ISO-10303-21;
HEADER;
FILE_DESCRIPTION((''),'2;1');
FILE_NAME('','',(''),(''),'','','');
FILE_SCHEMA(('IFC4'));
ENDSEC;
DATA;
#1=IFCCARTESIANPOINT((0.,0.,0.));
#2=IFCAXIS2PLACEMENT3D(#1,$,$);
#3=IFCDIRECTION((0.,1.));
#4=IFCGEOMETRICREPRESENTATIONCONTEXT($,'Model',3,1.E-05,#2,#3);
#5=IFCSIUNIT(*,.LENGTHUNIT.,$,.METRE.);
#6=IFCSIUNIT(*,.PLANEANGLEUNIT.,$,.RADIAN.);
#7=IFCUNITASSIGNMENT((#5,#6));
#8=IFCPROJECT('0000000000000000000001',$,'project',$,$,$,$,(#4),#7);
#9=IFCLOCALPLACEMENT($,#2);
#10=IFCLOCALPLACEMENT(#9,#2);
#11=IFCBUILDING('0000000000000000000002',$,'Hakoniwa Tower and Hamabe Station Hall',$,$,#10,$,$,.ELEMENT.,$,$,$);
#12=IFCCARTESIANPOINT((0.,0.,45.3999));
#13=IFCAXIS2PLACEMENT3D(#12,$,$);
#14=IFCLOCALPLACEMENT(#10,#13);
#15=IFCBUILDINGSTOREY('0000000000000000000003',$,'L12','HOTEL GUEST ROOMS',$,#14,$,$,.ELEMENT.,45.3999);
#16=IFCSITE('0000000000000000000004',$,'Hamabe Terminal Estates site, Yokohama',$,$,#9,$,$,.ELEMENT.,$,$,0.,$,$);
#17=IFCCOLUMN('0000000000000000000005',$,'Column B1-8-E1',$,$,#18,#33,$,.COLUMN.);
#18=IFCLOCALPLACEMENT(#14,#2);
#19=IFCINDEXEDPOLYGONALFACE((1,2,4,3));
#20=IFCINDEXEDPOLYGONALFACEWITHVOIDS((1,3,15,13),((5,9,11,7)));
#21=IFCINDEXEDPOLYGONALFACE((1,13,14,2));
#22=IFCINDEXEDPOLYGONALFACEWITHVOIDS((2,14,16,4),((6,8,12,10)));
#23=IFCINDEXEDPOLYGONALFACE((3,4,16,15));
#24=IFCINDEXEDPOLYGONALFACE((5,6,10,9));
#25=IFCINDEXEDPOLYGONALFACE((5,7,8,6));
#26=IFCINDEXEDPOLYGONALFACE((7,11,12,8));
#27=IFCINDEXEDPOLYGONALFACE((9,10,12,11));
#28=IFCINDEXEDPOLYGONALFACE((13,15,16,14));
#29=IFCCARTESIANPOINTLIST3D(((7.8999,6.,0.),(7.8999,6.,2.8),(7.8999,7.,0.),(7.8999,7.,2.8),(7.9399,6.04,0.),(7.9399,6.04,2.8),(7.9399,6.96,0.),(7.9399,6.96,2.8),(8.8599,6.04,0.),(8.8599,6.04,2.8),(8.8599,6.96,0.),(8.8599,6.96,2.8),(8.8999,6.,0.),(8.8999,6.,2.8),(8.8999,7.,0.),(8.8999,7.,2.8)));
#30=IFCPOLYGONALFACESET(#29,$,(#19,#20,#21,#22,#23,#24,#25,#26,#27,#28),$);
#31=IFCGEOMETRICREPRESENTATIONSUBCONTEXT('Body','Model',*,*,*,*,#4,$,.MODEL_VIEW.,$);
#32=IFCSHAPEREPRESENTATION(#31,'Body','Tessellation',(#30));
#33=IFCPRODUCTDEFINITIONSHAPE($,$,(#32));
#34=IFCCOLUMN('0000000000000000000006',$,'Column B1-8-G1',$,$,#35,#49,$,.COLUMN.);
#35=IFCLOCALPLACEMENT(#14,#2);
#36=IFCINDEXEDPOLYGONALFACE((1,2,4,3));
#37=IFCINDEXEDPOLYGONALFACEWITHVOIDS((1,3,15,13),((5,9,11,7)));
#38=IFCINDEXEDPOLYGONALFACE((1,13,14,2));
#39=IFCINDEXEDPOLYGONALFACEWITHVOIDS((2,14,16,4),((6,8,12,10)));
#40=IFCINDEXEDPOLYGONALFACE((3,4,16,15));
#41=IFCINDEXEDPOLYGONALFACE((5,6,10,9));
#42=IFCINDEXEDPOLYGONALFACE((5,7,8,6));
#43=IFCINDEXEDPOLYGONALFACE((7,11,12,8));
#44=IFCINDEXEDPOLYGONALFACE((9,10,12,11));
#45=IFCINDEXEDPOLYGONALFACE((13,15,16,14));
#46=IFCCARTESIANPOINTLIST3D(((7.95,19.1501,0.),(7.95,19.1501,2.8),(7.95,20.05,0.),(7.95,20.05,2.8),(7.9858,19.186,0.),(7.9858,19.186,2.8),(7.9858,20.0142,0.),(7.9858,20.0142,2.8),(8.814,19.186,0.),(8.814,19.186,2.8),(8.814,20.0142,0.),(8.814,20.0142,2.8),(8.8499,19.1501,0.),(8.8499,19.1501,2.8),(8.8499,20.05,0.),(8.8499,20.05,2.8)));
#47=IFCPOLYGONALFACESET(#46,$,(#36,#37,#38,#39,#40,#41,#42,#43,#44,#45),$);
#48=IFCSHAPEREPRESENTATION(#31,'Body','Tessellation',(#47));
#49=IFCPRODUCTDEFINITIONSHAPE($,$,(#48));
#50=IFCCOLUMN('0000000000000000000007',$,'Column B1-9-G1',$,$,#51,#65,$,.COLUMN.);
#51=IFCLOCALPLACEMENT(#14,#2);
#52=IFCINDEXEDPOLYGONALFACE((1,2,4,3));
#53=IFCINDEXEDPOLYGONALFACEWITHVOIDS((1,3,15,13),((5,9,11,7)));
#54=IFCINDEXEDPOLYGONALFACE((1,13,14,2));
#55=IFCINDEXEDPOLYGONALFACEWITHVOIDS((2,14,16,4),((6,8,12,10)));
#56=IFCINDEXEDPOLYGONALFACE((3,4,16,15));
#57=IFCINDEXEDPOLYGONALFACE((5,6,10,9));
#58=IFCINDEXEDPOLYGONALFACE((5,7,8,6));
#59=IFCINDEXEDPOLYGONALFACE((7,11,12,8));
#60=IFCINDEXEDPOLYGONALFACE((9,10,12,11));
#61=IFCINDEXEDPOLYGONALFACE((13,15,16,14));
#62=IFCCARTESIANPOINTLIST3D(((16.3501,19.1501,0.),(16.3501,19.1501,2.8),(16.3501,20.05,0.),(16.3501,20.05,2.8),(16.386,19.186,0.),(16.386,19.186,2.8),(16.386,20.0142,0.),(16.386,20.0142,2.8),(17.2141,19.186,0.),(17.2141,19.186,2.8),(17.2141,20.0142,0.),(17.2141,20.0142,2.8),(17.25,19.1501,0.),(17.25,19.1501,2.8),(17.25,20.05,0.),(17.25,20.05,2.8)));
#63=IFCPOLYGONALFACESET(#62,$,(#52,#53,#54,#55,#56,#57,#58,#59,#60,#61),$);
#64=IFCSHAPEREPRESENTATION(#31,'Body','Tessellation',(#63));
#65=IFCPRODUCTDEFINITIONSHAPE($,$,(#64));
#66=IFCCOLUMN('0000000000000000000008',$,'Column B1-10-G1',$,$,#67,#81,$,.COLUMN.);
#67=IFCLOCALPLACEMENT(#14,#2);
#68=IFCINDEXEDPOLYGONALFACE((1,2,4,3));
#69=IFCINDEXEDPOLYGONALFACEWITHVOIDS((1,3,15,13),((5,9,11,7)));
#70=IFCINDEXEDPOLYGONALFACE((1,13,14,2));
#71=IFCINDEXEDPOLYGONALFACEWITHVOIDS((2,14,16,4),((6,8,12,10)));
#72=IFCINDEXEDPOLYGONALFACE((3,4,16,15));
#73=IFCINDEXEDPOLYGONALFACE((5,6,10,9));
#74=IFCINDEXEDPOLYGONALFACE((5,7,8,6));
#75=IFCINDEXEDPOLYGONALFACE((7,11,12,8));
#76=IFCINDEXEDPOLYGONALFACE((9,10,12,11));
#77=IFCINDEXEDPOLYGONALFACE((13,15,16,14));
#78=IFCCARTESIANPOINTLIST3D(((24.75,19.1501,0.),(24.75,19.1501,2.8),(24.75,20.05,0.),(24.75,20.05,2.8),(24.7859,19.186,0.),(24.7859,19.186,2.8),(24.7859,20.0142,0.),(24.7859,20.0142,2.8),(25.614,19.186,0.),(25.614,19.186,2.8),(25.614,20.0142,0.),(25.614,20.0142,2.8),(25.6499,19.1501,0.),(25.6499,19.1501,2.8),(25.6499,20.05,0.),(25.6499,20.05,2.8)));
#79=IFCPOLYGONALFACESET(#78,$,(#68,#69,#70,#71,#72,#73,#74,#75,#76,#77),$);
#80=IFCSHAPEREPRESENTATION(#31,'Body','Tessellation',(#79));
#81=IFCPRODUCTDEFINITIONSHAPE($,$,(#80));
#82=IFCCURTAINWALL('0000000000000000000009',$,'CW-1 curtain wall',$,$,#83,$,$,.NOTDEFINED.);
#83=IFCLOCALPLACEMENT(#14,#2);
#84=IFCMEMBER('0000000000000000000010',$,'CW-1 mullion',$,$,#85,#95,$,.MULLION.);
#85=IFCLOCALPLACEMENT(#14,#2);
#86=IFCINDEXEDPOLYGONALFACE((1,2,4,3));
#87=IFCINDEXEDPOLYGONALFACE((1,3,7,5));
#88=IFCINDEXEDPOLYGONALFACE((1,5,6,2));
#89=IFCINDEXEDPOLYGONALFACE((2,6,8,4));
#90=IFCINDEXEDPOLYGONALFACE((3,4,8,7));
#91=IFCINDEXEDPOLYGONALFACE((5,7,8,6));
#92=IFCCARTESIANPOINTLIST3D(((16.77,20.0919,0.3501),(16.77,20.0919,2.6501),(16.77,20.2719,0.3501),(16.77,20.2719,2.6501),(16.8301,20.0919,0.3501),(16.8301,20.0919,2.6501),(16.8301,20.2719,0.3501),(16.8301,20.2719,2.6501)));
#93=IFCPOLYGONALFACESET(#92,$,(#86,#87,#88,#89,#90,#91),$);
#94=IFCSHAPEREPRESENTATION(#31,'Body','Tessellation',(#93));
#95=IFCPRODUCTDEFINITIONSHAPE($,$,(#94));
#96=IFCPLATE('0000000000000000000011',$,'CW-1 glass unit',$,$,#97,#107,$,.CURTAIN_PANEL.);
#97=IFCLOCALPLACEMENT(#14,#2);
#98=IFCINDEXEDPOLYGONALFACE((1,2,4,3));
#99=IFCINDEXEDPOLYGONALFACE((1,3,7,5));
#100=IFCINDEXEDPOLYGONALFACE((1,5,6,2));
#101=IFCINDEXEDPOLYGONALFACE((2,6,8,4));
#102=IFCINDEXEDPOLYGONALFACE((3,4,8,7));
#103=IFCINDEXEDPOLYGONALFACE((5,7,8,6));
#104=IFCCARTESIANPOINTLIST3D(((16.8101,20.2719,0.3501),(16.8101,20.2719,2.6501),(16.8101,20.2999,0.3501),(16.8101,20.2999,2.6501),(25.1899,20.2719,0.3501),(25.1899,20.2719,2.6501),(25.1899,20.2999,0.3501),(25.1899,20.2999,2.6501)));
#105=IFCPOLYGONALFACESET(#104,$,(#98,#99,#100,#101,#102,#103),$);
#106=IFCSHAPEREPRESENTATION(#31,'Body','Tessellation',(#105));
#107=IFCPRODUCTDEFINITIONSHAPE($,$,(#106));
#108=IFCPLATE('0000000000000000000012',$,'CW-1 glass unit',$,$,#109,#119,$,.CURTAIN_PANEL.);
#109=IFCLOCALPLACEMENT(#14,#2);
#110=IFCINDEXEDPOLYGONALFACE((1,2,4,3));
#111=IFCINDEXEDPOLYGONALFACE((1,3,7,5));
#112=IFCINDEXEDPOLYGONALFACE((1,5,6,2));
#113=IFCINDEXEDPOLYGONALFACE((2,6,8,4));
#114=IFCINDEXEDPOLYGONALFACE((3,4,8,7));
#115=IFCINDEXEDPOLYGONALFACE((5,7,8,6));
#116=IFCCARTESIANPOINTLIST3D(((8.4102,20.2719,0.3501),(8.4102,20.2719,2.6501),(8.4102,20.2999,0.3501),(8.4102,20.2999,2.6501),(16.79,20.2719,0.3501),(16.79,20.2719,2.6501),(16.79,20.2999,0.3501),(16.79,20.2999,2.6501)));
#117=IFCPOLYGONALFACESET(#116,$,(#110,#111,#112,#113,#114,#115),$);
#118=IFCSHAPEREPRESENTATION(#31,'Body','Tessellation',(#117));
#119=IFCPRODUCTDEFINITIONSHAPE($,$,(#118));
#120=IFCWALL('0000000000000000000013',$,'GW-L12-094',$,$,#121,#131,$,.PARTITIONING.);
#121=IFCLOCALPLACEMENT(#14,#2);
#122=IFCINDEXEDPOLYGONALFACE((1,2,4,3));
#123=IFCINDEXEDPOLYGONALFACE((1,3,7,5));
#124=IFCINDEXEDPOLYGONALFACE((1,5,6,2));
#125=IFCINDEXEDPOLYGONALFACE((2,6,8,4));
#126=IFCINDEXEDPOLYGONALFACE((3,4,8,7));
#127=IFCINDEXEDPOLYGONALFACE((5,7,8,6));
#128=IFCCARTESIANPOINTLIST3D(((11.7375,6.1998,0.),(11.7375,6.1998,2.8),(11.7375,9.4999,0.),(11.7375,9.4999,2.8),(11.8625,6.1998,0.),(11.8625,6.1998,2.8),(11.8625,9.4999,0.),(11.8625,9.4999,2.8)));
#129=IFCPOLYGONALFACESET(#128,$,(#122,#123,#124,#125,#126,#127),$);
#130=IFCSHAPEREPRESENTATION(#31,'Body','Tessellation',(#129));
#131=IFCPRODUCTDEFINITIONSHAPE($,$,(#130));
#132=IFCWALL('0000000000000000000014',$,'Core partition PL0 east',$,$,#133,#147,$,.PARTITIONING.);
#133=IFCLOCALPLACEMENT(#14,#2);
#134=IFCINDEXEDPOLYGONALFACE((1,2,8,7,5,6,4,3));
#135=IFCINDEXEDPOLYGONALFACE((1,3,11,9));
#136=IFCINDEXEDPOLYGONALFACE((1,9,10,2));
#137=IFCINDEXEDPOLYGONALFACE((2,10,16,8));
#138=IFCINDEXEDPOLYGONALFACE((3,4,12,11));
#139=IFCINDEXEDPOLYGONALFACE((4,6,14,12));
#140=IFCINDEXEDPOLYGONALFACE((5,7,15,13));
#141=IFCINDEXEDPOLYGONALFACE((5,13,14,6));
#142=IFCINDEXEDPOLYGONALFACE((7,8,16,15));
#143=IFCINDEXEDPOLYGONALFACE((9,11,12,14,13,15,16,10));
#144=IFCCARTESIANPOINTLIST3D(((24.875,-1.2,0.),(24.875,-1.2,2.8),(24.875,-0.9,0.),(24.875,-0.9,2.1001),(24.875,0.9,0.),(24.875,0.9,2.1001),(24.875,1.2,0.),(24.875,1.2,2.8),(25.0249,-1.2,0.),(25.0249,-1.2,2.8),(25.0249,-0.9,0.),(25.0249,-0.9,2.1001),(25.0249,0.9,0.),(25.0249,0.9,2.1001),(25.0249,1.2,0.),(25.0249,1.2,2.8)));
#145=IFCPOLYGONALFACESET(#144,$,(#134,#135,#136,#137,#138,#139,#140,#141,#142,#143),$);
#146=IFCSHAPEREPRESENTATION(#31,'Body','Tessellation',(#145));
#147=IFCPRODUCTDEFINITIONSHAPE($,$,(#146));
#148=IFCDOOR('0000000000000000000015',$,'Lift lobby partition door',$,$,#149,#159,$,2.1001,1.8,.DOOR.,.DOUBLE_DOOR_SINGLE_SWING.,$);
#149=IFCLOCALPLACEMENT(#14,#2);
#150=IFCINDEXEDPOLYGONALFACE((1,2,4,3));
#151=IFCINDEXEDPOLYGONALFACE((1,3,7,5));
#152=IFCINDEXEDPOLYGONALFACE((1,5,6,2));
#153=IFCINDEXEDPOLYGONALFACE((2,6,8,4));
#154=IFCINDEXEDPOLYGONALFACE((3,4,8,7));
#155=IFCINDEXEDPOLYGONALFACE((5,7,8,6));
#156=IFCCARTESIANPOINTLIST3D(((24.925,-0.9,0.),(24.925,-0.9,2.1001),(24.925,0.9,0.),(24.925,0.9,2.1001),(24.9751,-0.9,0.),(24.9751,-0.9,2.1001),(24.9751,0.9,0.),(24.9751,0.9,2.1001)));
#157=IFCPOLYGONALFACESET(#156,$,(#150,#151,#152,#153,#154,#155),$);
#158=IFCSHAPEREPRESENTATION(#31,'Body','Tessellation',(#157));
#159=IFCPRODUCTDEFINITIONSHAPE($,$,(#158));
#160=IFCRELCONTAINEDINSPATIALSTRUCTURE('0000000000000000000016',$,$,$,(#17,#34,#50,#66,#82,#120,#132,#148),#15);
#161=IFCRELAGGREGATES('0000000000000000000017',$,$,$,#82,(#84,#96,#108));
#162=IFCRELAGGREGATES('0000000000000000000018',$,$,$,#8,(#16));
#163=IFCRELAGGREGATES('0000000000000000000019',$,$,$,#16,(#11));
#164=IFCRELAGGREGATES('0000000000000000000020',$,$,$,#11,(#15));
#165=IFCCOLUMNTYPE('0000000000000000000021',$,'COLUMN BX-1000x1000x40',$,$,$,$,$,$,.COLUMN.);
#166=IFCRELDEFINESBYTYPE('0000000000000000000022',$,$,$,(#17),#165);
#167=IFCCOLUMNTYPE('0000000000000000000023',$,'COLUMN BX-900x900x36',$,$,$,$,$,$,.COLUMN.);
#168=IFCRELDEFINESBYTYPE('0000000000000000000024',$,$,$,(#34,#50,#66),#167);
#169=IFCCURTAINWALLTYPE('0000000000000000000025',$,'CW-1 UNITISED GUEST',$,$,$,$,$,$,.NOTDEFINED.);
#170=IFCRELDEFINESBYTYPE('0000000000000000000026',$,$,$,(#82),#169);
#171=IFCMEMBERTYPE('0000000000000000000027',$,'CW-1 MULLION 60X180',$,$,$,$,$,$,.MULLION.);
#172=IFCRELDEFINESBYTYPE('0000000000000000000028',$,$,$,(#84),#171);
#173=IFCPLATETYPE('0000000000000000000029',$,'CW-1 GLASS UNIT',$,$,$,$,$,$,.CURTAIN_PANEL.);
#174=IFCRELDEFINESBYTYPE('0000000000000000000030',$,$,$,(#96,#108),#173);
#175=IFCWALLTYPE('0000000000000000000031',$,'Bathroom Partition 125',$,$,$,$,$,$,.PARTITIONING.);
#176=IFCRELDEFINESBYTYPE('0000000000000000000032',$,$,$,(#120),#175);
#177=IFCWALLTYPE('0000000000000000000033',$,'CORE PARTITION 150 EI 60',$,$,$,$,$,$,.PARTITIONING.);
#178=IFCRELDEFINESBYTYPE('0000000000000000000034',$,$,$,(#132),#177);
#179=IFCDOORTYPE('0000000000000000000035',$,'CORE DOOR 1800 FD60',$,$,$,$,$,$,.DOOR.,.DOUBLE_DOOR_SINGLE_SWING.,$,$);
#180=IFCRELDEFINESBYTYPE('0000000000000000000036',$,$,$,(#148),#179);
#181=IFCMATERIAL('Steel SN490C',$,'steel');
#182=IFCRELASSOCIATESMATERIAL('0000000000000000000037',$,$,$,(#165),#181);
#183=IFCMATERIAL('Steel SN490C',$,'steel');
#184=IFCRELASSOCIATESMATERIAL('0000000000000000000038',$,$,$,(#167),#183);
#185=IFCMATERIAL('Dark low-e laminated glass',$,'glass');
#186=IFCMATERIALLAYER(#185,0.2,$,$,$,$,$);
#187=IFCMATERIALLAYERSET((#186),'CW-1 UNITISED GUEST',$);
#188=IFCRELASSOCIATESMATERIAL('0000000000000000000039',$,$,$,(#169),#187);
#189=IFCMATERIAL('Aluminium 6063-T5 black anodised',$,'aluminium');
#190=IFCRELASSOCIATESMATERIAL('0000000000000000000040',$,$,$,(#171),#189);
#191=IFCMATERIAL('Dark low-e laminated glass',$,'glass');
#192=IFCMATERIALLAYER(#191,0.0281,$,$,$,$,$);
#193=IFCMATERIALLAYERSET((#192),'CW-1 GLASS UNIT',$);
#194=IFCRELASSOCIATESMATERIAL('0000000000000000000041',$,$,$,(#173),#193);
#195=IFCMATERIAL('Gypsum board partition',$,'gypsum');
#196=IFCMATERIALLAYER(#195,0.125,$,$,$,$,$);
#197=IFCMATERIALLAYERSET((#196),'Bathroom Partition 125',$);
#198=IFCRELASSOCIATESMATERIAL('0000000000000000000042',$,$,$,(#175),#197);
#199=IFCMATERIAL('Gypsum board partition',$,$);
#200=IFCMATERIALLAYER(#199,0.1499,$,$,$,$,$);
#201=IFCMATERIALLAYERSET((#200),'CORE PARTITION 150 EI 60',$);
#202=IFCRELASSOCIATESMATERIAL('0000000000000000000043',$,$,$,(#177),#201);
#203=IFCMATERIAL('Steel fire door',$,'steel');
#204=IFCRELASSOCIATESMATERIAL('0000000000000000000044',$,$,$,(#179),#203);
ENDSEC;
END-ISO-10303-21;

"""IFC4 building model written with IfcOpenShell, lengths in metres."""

from ifc_helpers import new_model, si_unit, direction, frame, frame_2d, origin, origin_2d, place, context, subcontext, project, spatial, rectangle, hollow_rectangle, extrude, material, layer, layer_set, material_profile, profile_set, type_object, element, fill, aggregate, save


model = new_model("IFC4")

# Units and contexts
model_context = context("Model", 3, precision=1e-05, world=origin(), true_north=direction((0.0, 1.0)))
body_context = subcontext(model_context, "Body", "Model", "MODEL_VIEW")
ifc_project = project(units=[si_unit("LENGTHUNIT", "METRE"), si_unit("PLANEANGLEUNIT", "RADIAN")], contexts=[model_context])

# Site, building, storey
site_placement = place(None, origin())
site = spatial("IfcSite", under=ifc_project, at=site_placement, Name="Hamabe Terminal Estates site, Yokohama", CompositionType="ELEMENT", RefElevation=0.0)
building_placement = place(site_placement, origin())
building = spatial("IfcBuilding", under=site, at=building_placement, Name="Hakoniwa Tower and Hamabe Station Hall", CompositionType="ELEMENT")
storey_placement = place(building_placement, frame((0.0, 0.0, 45.3999)))
storey = spatial("IfcBuildingStorey", under=building, at=storey_placement, Name="L12", Description="HOTEL GUEST ROOMS", CompositionType="ELEMENT", Elevation=45.3999)

# Columns
ifc_material_1 = material(Name="Steel SN490C", Category="steel")
ifc_material_profile_1 = material_profile(ifc_material_1, hollow_rectangle(XDim=1.0, YDim=1.0, WallThickness=0.04, at=origin_2d()), Name="BX-1000x1000x40")
ifc_profile_set_1 = profile_set([ifc_material_profile_1], Name="Steel SN490C")
column_type_1 = type_object("IfcColumnType", Name="COLUMN BX-1000x1000x40", PredefinedType="COLUMN", material=ifc_profile_set_1)
column_placement = place(storey_placement, frame((8.3999, 6.5, 0.0), z_axis=(0.0, 0.0, 1.0), x_axis=(1.0, 0.0, 0.0)))
element("IfcColumn", 1, at=column_placement, inside=storey, type_object=column_type_1, Name="Column B1-8-E1", PredefinedType="COLUMN", context=body_context, shape_type="SweptSolid", body=[
    extrude(hollow_rectangle(XDim=1.0, YDim=1.0, WallThickness=0.04, at=origin_2d()), origin(), (0.0, 0.0, 1.0), 2.8),
])
ifc_material_2 = material(Name="Steel SN490C", Category="steel")
ifc_material_profile_2 = material_profile(ifc_material_2, hollow_rectangle(XDim=0.8999, YDim=0.8999, WallThickness=0.0359, at=origin_2d()), Name="BX-900x900x36")
ifc_profile_set_2 = profile_set([ifc_material_profile_2], Name="Steel SN490C")
column_type_2 = type_object("IfcColumnType", Name="COLUMN BX-900x900x36", PredefinedType="COLUMN", material=ifc_profile_set_2)
for number, where, z_axis, x_axis, name in (
    (2, (8.3999, 19.6001, 0.0), (0.0, 0.0, 1.0), (1.0, 0.0, 0.0), "Column B1-8-G1"),
    (3, (16.8, 19.6001, 0.0), (0.0, 0.0, 1.0), (1.0, 0.0, 0.0), "Column B1-9-G1"),
    (4, (25.2, 19.6001, 0.0), (0.0, 0.0, 1.0), (1.0, 0.0, 0.0), "Column B1-10-G1"),
):
    element("IfcColumn", number, at=place(storey_placement, frame(where, z_axis=z_axis, x_axis=x_axis)), inside=storey, type_object=column_type_2, Name=name, PredefinedType="COLUMN", context=body_context, shape_type="SweptSolid", body=[
        extrude(hollow_rectangle(XDim=0.8999, YDim=0.8999, WallThickness=0.0359, at=origin_2d()), origin(), (0.0, 0.0, 1.0), 2.8),
    ])

# Curtain wall, member, plates
ifc_material_3 = material(Name="Dark low-e laminated glass", Category="glass")
ifc_layer_1 = layer(ifc_material_3, 0.2)
ifc_layer_set_1 = layer_set([ifc_layer_1], Name="CW-1 UNITISED GUEST")
curtain_wall_type = type_object("IfcCurtainWallType", Name="CW-1 UNITISED GUEST", PredefinedType="NOTDEFINED", material=ifc_layer_set_1)
curtain_wall_placement = place(storey_placement, origin())
curtain_wall = element("IfcCurtainWall", 5, at=curtain_wall_placement, inside=storey, type_object=curtain_wall_type, Name="CW-1 curtain wall", PredefinedType="NOTDEFINED")
ifc_material_4 = material(Name="Aluminium 6063-T5 black anodised", Category="aluminium")
ifc_material_profile_3 = material_profile(ifc_material_4, rectangle(XDim=0.0601, YDim=0.1799, at=origin_2d()), Name="CW-1 MULLION 60X180")
ifc_profile_set_3 = profile_set([ifc_material_profile_3], Name="Aluminium 6063-T5 black anodised")
member_type = type_object("IfcMemberType", Name="CW-1 MULLION 60X180", PredefinedType="MULLION", material=ifc_profile_set_3)
member_placement = place(storey_placement, frame((16.8, 20.1819, 0.3501), z_axis=(0.0, 0.0, 1.0), x_axis=(-1.0, 0.0, 0.0)))
member = element("IfcMember", 6, at=member_placement, type_object=member_type, Name="CW-1 mullion", PredefinedType="MULLION", context=body_context, shape_type="SweptSolid", body=[
    extrude(rectangle(XDim=0.0601, YDim=0.1799, at=origin_2d()), origin(), (0.0, 0.0, 1.0), 2.3),
])
ifc_material_5 = material(Name="Dark low-e laminated glass", Category="glass")
ifc_layer_2 = layer(ifc_material_5, 0.0281)
ifc_layer_set_2 = layer_set([ifc_layer_2], Name="CW-1 GLASS UNIT")
plate_type = type_object("IfcPlateType", Name="CW-1 GLASS UNIT", PredefinedType="CURTAIN_PANEL", material=ifc_layer_set_2)
plate_1_placement = place(storey_placement, frame((21.0, 20.2859, 0.3501), z_axis=(0.0, 0.0, 1.0), x_axis=(-1.0, 0.0, 0.0)))
plate_1 = element("IfcPlate", 7, at=plate_1_placement, type_object=plate_type, Name="CW-1 glass unit", PredefinedType="CURTAIN_PANEL", context=body_context, shape_type="SweptSolid", body=[
    extrude(rectangle(XDim=8.3799, YDim=0.0281, at=origin_2d()), origin(), (0.0, 0.0, 1.0), 2.3),
])
plate_2_placement = place(storey_placement, frame((12.6001, 20.2859, 0.3501), z_axis=(0.0, 0.0, 1.0), x_axis=(-1.0, 0.0, 0.0)))
plate_2 = element("IfcPlate", 8, at=plate_2_placement, type_object=plate_type, Name="CW-1 glass unit", PredefinedType="CURTAIN_PANEL", context=body_context, shape_type="SweptSolid", body=[
    extrude(rectangle(XDim=8.3799, YDim=0.0281, at=origin_2d()), origin(), (0.0, 0.0, 1.0), 2.3),
])
aggregate(curtain_wall, [member, plate_1, plate_2])

# Wall
ifc_material_6 = material(Name="Gypsum board partition", Category="gypsum")
ifc_layer_3 = layer(ifc_material_6, 0.125)
ifc_layer_set_3 = layer_set([ifc_layer_3], Name="Bathroom Partition 125")
wall_type_1 = type_object("IfcWallType", Name="Bathroom Partition 125", PredefinedType="PARTITIONING", material=ifc_layer_set_3)
wall_1_placement = place(storey_placement, frame((11.8, 6.2, 0.0), z_axis=(0.0, 0.0, 1.0), x_axis=(0.0, 1.0, 0.0)))
element("IfcWall", 9, at=wall_1_placement, inside=storey, type_object=wall_type_1, Name="GW-L12-094", PredefinedType="PARTITIONING", context=body_context, shape_type="SweptSolid", body=[
    extrude(rectangle(XDim=3.3, YDim=0.125, at=frame_2d((1.6499, 0.0))), origin(), (0.0, 0.0, 1.0), 2.8),
])

# Wall, opening, door
ifc_material_7 = material(Name="Gypsum board partition")
ifc_layer_4 = layer(ifc_material_7, 0.1499)
ifc_layer_set_4 = layer_set([ifc_layer_4], Name="CORE PARTITION 150 EI 60")
wall_type_2 = type_object("IfcWallType", Name="CORE PARTITION 150 EI 60", PredefinedType="PARTITIONING", material=ifc_layer_set_4)
wall_2_placement = place(storey_placement, frame((24.95, -1.2, 0.0), z_axis=(0.0, 0.0, 1.0), x_axis=(0.0, 1.0, 0.0)))
wall_2 = element("IfcWall", 10, at=wall_2_placement, inside=storey, type_object=wall_type_2, Name="Core partition PL0 east", PredefinedType="PARTITIONING", context=body_context, shape_type="SweptSolid", body=[
    extrude(rectangle(XDim=2.3999, YDim=0.1499, at=frame_2d((1.2, 0.0))), origin(), (0.0, 0.0, 1.0), 2.8),
])
opening_1_placement = place(wall_2_placement, frame((0.3, 0.0, 0.0)))
opening_1 = element("IfcOpeningElement", 11, at=opening_1_placement, cuts=wall_2, PredefinedType="OPENING", context=body_context, shape_type="SweptSolid", body=[
    extrude(rectangle(XDim=1.8, YDim=2.1001, at=frame_2d((0.8999, 1.05))), frame((0.0, 0.085, 0.0), z_axis=(0.0, -1.0, 0.0), x_axis=(1.0, 0.0, 0.0)), (0.0, 0.0, 1.0), 0.1699),
])
ifc_material_8 = material(Name="Steel fire door", Category="steel")
door_type_1 = type_object("IfcDoorType", Name="CORE DOOR 1800 FD60", OperationType="DOUBLE_DOOR_SINGLE_SWING", PredefinedType="DOOR", material=ifc_material_8)
door_1_placement = place(opening_1_placement, origin())
door_1 = element("IfcDoor", 12, at=door_1_placement, inside=storey, type_object=door_type_1, Name="Lift lobby partition door", OperationType="DOUBLE_DOOR_SINGLE_SWING", OverallHeight=2.1001, OverallWidth=1.8, PredefinedType="DOOR", context=body_context, shape_type="SweptSolid", body=[
    extrude(rectangle(XDim=1.8, YDim=2.1001, at=frame_2d((0.8999, 1.05))), frame((0.0, 0.0249, 0.0), z_axis=(0.0, -1.0, 0.0), x_axis=(1.0, 0.0, 0.0)), (0.0, 0.0, 1.0), 0.05),
])
fill(opening_1, door_1)

save(model, "model.ifc")
